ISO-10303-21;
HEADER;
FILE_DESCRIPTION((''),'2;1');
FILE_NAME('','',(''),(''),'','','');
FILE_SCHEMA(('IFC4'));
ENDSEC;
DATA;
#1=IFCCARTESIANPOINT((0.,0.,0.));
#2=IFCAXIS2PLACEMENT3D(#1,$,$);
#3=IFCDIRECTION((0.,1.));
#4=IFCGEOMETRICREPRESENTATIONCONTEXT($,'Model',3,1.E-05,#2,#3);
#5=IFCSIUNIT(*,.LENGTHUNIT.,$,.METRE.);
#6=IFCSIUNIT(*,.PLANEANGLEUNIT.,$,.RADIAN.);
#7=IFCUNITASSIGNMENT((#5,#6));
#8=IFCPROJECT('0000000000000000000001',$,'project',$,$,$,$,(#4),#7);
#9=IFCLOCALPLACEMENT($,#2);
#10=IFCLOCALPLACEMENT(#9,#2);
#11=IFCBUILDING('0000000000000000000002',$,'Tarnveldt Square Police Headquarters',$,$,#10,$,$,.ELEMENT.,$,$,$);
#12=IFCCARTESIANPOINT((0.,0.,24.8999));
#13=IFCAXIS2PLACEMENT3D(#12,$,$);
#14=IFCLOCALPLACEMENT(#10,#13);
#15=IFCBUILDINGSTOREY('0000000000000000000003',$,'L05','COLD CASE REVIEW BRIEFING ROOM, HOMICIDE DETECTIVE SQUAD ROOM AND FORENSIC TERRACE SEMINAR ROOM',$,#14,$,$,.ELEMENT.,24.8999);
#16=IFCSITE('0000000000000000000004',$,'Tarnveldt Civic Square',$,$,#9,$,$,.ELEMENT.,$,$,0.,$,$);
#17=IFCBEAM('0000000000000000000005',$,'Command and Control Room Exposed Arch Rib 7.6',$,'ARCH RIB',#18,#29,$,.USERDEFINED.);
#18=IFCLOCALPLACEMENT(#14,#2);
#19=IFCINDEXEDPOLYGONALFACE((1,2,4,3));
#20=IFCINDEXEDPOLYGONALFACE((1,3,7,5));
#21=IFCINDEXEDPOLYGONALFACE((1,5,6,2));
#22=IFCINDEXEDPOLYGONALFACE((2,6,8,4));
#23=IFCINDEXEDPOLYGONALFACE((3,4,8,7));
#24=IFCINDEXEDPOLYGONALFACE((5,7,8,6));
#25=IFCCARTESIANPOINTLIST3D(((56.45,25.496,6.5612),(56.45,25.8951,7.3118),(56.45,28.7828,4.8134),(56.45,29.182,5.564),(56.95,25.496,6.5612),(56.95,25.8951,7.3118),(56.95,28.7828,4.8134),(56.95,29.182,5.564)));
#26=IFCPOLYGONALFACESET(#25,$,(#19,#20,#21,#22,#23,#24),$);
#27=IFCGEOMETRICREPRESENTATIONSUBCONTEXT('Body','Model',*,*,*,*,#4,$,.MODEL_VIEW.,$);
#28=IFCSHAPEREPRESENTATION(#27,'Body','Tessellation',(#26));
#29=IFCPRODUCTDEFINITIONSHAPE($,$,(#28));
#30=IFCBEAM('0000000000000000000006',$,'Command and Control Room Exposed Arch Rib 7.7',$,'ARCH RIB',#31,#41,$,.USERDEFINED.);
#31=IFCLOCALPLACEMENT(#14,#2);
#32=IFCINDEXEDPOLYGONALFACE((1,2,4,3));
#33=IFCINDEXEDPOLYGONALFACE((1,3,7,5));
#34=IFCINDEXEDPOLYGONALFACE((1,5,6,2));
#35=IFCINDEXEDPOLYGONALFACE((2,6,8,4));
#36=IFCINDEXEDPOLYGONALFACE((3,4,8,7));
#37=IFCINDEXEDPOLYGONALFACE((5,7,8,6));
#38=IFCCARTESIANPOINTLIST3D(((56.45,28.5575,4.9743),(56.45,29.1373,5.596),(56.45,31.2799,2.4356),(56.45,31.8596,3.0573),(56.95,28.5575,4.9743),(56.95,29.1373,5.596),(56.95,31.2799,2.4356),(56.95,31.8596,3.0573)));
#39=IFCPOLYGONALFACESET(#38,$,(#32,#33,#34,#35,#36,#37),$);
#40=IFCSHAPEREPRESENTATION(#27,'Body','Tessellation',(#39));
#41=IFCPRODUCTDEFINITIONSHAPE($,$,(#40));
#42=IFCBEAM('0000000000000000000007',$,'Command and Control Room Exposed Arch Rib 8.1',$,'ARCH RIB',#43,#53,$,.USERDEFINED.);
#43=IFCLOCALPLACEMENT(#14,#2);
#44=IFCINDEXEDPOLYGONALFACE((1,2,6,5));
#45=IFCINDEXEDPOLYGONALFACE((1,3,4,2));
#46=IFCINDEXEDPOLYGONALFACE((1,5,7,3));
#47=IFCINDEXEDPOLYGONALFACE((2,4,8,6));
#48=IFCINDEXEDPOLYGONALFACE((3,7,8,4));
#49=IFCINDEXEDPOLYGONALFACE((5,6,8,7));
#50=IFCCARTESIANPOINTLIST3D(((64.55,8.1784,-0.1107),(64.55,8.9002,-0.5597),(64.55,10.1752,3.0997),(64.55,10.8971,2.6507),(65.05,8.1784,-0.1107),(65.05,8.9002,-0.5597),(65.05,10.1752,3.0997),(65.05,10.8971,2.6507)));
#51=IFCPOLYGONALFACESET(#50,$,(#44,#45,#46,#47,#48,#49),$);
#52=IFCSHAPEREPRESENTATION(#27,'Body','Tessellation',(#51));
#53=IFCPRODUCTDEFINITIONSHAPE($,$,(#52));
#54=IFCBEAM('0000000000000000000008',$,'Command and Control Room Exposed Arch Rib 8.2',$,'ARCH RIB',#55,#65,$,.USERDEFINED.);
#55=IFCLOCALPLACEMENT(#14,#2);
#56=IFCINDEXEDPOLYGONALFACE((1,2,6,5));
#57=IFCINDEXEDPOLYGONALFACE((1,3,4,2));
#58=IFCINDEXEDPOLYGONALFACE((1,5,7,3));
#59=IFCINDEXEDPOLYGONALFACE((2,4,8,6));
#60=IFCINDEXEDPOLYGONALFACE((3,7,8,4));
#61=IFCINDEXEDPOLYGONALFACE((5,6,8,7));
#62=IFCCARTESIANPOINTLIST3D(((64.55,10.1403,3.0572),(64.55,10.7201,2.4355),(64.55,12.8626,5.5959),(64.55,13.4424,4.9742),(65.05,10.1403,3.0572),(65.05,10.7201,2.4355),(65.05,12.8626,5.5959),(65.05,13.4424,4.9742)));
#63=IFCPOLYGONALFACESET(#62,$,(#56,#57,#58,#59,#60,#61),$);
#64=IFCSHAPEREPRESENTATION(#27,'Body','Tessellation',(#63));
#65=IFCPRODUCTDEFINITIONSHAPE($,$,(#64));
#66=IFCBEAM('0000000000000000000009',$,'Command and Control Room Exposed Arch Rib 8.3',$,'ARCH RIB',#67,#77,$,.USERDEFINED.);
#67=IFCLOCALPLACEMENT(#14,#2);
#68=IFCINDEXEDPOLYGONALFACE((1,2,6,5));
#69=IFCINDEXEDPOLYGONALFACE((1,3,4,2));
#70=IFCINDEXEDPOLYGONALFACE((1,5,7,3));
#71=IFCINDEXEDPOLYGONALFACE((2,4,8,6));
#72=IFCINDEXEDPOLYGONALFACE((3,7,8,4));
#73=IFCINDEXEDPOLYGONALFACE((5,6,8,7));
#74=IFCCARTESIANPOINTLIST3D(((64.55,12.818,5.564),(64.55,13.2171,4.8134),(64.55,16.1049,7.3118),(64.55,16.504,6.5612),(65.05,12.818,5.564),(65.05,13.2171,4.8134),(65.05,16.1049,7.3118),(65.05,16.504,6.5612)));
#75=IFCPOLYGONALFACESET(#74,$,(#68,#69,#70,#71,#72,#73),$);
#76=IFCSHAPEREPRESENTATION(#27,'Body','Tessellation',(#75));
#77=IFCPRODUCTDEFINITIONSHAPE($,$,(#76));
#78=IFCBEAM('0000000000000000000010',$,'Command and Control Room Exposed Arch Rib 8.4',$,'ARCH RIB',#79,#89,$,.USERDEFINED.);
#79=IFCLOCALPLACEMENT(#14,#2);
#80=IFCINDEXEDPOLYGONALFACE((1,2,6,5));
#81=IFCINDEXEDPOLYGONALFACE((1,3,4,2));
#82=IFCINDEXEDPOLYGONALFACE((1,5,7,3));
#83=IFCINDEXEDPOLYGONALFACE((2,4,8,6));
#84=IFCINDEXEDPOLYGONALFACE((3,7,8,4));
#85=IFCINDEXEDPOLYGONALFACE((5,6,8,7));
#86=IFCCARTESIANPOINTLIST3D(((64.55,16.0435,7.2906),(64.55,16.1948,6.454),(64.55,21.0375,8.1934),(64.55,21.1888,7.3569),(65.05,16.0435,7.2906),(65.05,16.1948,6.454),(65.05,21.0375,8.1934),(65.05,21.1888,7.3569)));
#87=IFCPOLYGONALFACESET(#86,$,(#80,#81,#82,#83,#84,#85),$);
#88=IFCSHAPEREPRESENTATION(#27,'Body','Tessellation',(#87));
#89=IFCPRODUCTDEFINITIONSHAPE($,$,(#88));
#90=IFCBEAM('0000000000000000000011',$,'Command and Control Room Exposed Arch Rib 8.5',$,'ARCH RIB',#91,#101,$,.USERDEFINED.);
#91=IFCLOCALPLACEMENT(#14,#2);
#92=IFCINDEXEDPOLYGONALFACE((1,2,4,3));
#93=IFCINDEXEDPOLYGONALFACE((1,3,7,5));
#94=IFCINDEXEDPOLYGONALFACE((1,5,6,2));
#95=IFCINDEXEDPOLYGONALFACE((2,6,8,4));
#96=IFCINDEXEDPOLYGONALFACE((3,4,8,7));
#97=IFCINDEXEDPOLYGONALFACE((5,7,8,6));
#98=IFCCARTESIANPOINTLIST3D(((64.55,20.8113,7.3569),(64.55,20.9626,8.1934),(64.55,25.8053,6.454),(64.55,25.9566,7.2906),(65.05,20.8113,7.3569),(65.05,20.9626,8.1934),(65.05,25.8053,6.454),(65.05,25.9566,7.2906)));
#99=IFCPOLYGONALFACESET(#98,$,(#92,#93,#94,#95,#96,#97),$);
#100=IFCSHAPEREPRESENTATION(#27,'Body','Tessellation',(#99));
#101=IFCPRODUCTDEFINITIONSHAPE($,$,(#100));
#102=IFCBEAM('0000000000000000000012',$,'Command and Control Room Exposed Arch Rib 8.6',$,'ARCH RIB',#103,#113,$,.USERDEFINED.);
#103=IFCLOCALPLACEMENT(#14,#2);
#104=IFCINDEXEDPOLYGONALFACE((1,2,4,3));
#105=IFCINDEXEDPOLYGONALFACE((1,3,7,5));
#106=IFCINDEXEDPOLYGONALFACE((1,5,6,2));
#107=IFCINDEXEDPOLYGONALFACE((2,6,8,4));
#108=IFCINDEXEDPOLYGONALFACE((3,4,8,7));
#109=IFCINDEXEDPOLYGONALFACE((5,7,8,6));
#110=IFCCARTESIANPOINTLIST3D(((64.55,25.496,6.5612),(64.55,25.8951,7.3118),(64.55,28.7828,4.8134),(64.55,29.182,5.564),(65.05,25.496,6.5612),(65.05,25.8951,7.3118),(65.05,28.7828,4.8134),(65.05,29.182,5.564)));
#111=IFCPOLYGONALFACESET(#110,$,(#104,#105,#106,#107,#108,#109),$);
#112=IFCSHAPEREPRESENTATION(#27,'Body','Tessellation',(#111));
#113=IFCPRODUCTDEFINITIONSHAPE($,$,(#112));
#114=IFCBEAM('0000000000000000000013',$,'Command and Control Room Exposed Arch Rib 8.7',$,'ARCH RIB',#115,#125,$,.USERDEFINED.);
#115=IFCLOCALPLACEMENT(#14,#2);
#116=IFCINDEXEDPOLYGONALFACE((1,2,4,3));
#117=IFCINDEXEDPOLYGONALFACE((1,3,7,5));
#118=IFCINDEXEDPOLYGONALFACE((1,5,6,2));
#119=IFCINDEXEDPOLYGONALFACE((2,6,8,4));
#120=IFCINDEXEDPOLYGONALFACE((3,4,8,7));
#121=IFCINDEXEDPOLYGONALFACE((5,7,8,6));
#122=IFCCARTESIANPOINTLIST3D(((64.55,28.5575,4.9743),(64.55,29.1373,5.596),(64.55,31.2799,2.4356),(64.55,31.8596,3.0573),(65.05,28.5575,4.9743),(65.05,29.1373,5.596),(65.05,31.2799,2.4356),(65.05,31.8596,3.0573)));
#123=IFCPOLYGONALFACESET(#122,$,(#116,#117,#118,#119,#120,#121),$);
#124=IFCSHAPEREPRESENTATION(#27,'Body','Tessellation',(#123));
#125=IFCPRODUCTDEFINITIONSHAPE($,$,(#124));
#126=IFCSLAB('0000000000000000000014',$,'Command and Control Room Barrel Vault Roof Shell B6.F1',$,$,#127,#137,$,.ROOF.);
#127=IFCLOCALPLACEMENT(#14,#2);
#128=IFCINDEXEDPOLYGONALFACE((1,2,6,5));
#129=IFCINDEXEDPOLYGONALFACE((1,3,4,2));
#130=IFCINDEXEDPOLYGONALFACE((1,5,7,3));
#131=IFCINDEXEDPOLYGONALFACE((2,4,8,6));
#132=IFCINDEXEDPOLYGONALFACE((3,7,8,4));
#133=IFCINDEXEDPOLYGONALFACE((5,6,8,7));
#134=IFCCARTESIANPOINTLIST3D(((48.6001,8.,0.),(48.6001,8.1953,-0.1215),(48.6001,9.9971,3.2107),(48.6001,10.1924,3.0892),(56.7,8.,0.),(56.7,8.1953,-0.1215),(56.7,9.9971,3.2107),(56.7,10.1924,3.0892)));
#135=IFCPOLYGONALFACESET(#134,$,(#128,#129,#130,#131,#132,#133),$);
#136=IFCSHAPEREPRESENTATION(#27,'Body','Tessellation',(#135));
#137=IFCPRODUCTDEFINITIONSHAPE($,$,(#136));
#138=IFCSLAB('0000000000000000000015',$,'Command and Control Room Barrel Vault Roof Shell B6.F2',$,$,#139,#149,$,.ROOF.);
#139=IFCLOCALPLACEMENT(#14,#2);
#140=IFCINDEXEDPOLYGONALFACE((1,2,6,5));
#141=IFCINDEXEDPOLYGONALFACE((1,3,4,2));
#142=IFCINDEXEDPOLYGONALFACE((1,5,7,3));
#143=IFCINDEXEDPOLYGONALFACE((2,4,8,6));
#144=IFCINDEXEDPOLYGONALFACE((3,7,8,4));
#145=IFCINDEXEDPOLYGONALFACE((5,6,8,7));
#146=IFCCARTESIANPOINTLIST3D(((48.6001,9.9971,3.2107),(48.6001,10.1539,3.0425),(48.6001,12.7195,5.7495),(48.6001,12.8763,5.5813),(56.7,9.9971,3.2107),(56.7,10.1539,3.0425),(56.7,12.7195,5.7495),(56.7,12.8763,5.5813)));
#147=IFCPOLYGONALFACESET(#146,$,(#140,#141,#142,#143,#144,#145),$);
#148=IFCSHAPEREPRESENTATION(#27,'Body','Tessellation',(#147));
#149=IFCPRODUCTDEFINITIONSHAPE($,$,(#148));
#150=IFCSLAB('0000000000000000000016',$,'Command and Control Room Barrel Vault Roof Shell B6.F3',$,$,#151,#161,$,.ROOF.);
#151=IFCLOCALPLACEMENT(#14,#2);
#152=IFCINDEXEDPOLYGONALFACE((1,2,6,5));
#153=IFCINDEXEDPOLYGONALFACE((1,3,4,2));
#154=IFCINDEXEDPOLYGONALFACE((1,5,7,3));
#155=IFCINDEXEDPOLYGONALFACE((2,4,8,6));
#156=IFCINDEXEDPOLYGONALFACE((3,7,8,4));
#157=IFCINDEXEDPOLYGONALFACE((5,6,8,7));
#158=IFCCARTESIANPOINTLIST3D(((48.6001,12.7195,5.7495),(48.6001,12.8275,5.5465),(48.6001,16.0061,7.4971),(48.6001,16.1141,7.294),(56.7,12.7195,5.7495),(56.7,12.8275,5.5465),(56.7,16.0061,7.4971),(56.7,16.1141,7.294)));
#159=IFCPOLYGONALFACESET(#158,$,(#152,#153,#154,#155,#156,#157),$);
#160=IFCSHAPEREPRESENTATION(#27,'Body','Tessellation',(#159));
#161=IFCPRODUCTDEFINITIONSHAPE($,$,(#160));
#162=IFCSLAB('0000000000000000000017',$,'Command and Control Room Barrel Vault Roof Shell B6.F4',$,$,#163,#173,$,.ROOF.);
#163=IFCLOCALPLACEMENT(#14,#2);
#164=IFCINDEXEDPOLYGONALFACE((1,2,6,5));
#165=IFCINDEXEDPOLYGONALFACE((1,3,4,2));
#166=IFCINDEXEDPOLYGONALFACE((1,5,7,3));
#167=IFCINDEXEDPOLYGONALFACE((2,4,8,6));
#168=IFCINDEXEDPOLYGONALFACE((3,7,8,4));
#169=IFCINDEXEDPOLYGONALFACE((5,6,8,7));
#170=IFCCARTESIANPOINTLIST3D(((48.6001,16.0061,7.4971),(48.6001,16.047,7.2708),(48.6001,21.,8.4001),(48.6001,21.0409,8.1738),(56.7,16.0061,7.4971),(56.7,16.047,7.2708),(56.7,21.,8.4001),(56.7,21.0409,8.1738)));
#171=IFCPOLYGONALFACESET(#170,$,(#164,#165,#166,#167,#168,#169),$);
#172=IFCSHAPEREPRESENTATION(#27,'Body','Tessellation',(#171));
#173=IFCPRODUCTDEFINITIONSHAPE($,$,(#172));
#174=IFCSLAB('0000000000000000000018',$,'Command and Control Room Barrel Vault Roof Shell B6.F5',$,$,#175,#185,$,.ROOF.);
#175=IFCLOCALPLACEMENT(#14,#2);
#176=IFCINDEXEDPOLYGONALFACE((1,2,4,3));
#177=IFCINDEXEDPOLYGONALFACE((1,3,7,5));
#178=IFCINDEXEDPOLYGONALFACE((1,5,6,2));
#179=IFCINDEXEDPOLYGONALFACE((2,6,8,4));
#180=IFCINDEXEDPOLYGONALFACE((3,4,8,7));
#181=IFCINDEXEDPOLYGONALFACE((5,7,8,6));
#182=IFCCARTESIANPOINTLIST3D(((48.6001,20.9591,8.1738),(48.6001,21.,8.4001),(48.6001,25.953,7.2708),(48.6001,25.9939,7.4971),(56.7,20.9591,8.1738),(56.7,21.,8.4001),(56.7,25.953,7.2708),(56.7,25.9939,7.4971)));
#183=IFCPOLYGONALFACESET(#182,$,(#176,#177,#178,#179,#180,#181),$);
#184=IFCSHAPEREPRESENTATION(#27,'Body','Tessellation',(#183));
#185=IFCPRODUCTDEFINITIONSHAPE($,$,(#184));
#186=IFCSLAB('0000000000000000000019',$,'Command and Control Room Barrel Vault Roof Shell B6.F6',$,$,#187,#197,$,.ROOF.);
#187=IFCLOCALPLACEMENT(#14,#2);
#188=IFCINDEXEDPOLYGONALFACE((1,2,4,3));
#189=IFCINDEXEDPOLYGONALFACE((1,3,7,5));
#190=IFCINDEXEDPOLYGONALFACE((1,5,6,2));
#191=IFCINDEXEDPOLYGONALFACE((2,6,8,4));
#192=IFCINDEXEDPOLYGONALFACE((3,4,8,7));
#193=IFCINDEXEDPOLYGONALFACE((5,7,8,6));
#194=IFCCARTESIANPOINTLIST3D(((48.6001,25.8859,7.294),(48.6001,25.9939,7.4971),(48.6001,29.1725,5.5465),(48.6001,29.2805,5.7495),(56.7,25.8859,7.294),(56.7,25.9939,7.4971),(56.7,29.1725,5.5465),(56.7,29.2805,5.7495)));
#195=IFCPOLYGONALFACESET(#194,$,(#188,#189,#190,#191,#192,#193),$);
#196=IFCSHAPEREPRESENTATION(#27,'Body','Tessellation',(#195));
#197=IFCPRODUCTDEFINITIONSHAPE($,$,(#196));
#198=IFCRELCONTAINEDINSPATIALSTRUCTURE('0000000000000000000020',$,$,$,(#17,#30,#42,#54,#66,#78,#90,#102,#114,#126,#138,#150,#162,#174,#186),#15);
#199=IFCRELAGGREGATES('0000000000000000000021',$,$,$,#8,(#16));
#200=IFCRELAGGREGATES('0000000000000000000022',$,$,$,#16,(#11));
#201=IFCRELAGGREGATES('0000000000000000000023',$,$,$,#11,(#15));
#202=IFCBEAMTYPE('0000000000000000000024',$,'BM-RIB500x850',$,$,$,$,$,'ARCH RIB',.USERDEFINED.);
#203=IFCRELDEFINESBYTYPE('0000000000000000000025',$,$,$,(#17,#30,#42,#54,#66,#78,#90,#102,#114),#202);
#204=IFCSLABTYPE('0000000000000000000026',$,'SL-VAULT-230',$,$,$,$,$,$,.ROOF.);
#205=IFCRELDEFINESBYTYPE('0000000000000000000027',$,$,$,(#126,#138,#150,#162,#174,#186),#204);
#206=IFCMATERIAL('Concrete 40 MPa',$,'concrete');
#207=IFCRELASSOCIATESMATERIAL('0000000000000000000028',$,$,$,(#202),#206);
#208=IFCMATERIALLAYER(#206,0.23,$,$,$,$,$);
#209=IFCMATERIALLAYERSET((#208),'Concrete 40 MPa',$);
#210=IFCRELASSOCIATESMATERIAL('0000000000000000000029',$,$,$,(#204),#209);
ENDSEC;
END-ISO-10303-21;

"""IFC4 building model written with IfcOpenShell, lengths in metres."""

from ifc_helpers import new_model, si_unit, direction, frame, origin, origin_2d, place, context, subcontext, project, spatial, polyline, rectangle, outline, extrude, material, layer, layer_set, material_profile, profile_set, type_object, element, save


model = new_model("IFC4")

# Units and contexts
model_context = context("Model", 3, precision=1e-05, world=origin(), true_north=direction((0.0, 1.0)))
body_context = subcontext(model_context, "Body", "Model", "MODEL_VIEW")
ifc_project = project(units=[si_unit("LENGTHUNIT", "METRE"), si_unit("PLANEANGLEUNIT", "RADIAN")], contexts=[model_context])

# Site, building, storey
site_placement = place(None, origin())
site = spatial("IfcSite", under=ifc_project, at=site_placement, Name="Tarnveldt Civic Square", CompositionType="ELEMENT", RefElevation=0.0)
building_placement = place(site_placement, origin())
building = spatial("IfcBuilding", under=site, at=building_placement, Name="Tarnveldt Square Police Headquarters", CompositionType="ELEMENT")
storey_placement = place(building_placement, frame((0.0, 0.0, 24.8999)))
storey = spatial("IfcBuildingStorey", under=building, at=storey_placement, Name="L05", Description="COLD CASE REVIEW BRIEFING ROOM, HOMICIDE DETECTIVE SQUAD ROOM AND FORENSIC TERRACE SEMINAR ROOM", CompositionType="ELEMENT", Elevation=24.8999)

# Beams
ifc_material = material(Name="Concrete 40 MPa", Category="concrete")
ifc_material_profile_1 = material_profile(ifc_material, rectangle(XDim=0.5, YDim=0.8501, at=origin_2d()), Name="RC-RIB500x850")
ifc_profile_set_1 = profile_set([ifc_material_profile_1], Name="Concrete 40 MPa")
beam_type_1 = type_object("IfcBeamType", Name="BM-RIB500x850", ElementType="ARCH RIB", PredefinedType="USERDEFINED", material=ifc_profile_set_1)
beam_1_placement = place(storey_placement, frame((56.7, 25.6956, 6.9365), z_axis=(0.0, 0.882931, -0.469502), x_axis=(-1.0, 0.0, 0.0)))
element("IfcBeam", 1, at=beam_1_placement, inside=storey, type_object=beam_type_1, Name="Command and Control Room Exposed Arch Rib 7.6", ObjectType="ARCH RIB", PredefinedType="USERDEFINED", context=body_context, shape_type="SweptSolid", body=[
    extrude(rectangle(XDim=0.5, YDim=0.8501, at=origin_2d()), origin(), (0.0, 0.0, 1.0), 3.7227),
])
beam_2_placement = place(storey_placement, frame((56.7, 28.8474, 5.2852), z_axis=(0.0, 0.731337, -0.682017), x_axis=(-1.0, 0.0, 0.0)))
element("IfcBeam", 2, at=beam_2_placement, inside=storey, type_object=beam_type_1, Name="Command and Control Room Exposed Arch Rib 7.7", ObjectType="ARCH RIB", PredefinedType="USERDEFINED", context=body_context, shape_type="SweptSolid", body=[
    extrude(rectangle(XDim=0.5, YDim=0.8501, at=origin_2d()), origin(), (0.0, 0.0, 1.0), 3.7224),
])
beam_3_placement = place(storey_placement, frame((64.8, 8.5393, -0.3352), z_axis=(0.0, 0.528152, 0.84915), x_axis=(-1.0, 0.0, 0.0)))
element("IfcBeam", 3, at=beam_3_placement, inside=storey, type_object=beam_type_1, Name="Command and Control Room Exposed Arch Rib 8.1", ObjectType="ARCH RIB", PredefinedType="USERDEFINED", context=body_context, shape_type="SweptSolid", body=[
    extrude(rectangle(XDim=0.5, YDim=0.8501, at=origin_2d()), origin(), (0.0, 0.0, 1.0), 3.7808),
])
beam_4_placement = place(storey_placement, frame((64.8, 10.4302, 2.7463), z_axis=(0.0, 0.731337, 0.682017), x_axis=(-1.0, 0.0, 0.0)))
element("IfcBeam", 4, at=beam_4_placement, inside=storey, type_object=beam_type_1, Name="Command and Control Room Exposed Arch Rib 8.2", ObjectType="ARCH RIB", PredefinedType="USERDEFINED", context=body_context, shape_type="SweptSolid", body=[
    extrude(rectangle(XDim=0.5, YDim=0.8501, at=origin_2d()), origin(), (0.0, 0.0, 1.0), 3.7224),
])
beam_5_placement = place(storey_placement, frame((64.8, 13.0176, 5.1887), z_axis=(0.0, 0.882931, 0.469502), x_axis=(-1.0, 0.0, 0.0)))
element("IfcBeam", 5, at=beam_5_placement, inside=storey, type_object=beam_type_1, Name="Command and Control Room Exposed Arch Rib 8.3", ObjectType="ARCH RIB", PredefinedType="USERDEFINED", context=body_context, shape_type="SweptSolid", body=[
    extrude(rectangle(XDim=0.5, YDim=0.8501, at=origin_2d()), origin(), (0.0, 0.0, 1.0), 3.7227),
])
for number, where, z_axis, x_axis, name in (
    (6, (64.8, 16.1191, 6.8723), (0.0, 0.984048, 0.177903), (-1.0, 0.0, 0.0), "Command and Control Room Exposed Arch Rib 8.4"),
    (7, (64.8, 20.887, 7.7751), (0.0, 0.984048, -0.177903), (-1.0, 0.0, 0.0), "Command and Control Room Exposed Arch Rib 8.5"),
):
    element("IfcBeam", number, at=place(storey_placement, frame(where, z_axis=z_axis, x_axis=x_axis)), inside=storey, type_object=beam_type_1, Name=name, ObjectType="ARCH RIB", PredefinedType="USERDEFINED", context=body_context, shape_type="SweptSolid", body=[
        extrude(rectangle(XDim=0.5, YDim=0.8501, at=origin_2d()), origin(), (0.0, 0.0, 1.0), 5.075),
    ])
beam_6_placement = place(storey_placement, frame((64.8, 25.6956, 6.9365), z_axis=(0.0, 0.882931, -0.469502), x_axis=(-1.0, 0.0, 0.0)))
element("IfcBeam", 8, at=beam_6_placement, inside=storey, type_object=beam_type_1, Name="Command and Control Room Exposed Arch Rib 8.6", ObjectType="ARCH RIB", PredefinedType="USERDEFINED", context=body_context, shape_type="SweptSolid", body=[
    extrude(rectangle(XDim=0.5, YDim=0.8501, at=origin_2d()), origin(), (0.0, 0.0, 1.0), 3.7227),
])
beam_7_placement = place(storey_placement, frame((64.8, 28.8474, 5.2852), z_axis=(0.0, 0.731337, -0.682017), x_axis=(-1.0, 0.0, 0.0)))
element("IfcBeam", 9, at=beam_7_placement, inside=storey, type_object=beam_type_1, Name="Command and Control Room Exposed Arch Rib 8.7", ObjectType="ARCH RIB", PredefinedType="USERDEFINED", context=body_context, shape_type="SweptSolid", body=[
    extrude(rectangle(XDim=0.5, YDim=0.8501, at=origin_2d()), origin(), (0.0, 0.0, 1.0), 3.7224),
])

# Slabs
ifc_layer = layer(ifc_material, 0.23)
ifc_layer_set = layer_set([ifc_layer], Name="Concrete 40 MPa")
slab_type = type_object("IfcSlabType", Name="SL-VAULT-230", PredefinedType="ROOF", material=ifc_layer_set)
slab_1_placement = place(storey_placement, frame((48.6001, 8.0, 0.0), z_axis=(0.0, -0.849139, 0.528169), x_axis=(1.0, 0.0, 0.0)))
element("IfcSlab", 10, at=slab_1_placement, inside=storey, type_object=slab_type, Name="Command and Control Room Barrel Vault Roof Shell B6.F1", PredefinedType="ROOF", context=body_context, shape_type="SweptSolid", body=[
    extrude(outline(polyline([(0.0, 0.0), (8.0999, 0.0), (8.0999, 3.7811), (0.0, 3.7811), (0.0, 0.0)])), origin(), (0.0, 0.0, -1.0), 0.23),
])
slab_2_placement = place(storey_placement, frame((48.6001, 9.9971, 3.2107), z_axis=(0.0, -0.682017, 0.731337), x_axis=(1.0, 0.0, 0.0)))
element("IfcSlab", 11, at=slab_2_placement, inside=storey, type_object=slab_type, Name="Command and Control Room Barrel Vault Roof Shell B6.F2", PredefinedType="ROOF", context=body_context, shape_type="SweptSolid", body=[
    extrude(outline(polyline([(0.0, 0.0), (8.0999, 0.0), (8.0999, 3.7225), (0.0, 3.7225), (0.0, 0.0)])), origin(), (0.0, 0.0, -1.0), 0.23),
])
slab_3_placement = place(storey_placement, frame((48.6001, 12.7195, 5.7495), z_axis=(0.0, -0.469478, 0.882944), x_axis=(1.0, 0.0, 0.0)))
element("IfcSlab", 12, at=slab_3_placement, inside=storey, type_object=slab_type, Name="Command and Control Room Barrel Vault Roof Shell B6.F3", PredefinedType="ROOF", context=body_context, shape_type="SweptSolid", body=[
    extrude(outline(polyline([(0.0, 0.0), (8.0999, 0.0), (8.0999, 3.7223), (0.0, 3.7223), (0.0, 0.0)])), origin(), (0.0, 0.0, -1.0), 0.23),
])
for number, where, z_axis, x_axis, name in (
    (13, (48.6001, 16.0061, 7.4971), (0.0, -0.17795, 0.98404), (1.0, 0.0, 0.0), "Command and Control Room Barrel Vault Roof Shell B6.F4"),
    (14, (48.6001, 21.0, 8.4001), (0.0, 0.17795, 0.98404), (1.0, 0.0, 0.0), "Command and Control Room Barrel Vault Roof Shell B6.F5"),
):
    element("IfcSlab", number, at=place(storey_placement, frame(where, z_axis=z_axis, x_axis=x_axis)), inside=storey, type_object=slab_type, Name=name, PredefinedType="ROOF", context=body_context, shape_type="SweptSolid", body=[
        extrude(outline(polyline([(0.0, 0.0), (8.0999, 0.0), (8.0999, 5.0749), (0.0, 5.0749), (0.0, 0.0)])), origin(), (0.0, 0.0, -1.0), 0.23),
    ])
slab_4_placement = place(storey_placement, frame((48.6001, 25.9939, 7.4971), z_axis=(0.0, 0.469478, 0.882944), x_axis=(1.0, 0.0, 0.0)))
element("IfcSlab", 15, at=slab_4_placement, inside=storey, type_object=slab_type, Name="Command and Control Room Barrel Vault Roof Shell B6.F6", PredefinedType="ROOF", context=body_context, shape_type="SweptSolid", body=[
    extrude(outline(polyline([(0.0, 0.0), (8.0999, 0.0), (8.0999, 3.7223), (0.0, 3.7223), (0.0, 0.0)])), origin(), (0.0, 0.0, -1.0), 0.23),
])

save(model, "model.ifc")
